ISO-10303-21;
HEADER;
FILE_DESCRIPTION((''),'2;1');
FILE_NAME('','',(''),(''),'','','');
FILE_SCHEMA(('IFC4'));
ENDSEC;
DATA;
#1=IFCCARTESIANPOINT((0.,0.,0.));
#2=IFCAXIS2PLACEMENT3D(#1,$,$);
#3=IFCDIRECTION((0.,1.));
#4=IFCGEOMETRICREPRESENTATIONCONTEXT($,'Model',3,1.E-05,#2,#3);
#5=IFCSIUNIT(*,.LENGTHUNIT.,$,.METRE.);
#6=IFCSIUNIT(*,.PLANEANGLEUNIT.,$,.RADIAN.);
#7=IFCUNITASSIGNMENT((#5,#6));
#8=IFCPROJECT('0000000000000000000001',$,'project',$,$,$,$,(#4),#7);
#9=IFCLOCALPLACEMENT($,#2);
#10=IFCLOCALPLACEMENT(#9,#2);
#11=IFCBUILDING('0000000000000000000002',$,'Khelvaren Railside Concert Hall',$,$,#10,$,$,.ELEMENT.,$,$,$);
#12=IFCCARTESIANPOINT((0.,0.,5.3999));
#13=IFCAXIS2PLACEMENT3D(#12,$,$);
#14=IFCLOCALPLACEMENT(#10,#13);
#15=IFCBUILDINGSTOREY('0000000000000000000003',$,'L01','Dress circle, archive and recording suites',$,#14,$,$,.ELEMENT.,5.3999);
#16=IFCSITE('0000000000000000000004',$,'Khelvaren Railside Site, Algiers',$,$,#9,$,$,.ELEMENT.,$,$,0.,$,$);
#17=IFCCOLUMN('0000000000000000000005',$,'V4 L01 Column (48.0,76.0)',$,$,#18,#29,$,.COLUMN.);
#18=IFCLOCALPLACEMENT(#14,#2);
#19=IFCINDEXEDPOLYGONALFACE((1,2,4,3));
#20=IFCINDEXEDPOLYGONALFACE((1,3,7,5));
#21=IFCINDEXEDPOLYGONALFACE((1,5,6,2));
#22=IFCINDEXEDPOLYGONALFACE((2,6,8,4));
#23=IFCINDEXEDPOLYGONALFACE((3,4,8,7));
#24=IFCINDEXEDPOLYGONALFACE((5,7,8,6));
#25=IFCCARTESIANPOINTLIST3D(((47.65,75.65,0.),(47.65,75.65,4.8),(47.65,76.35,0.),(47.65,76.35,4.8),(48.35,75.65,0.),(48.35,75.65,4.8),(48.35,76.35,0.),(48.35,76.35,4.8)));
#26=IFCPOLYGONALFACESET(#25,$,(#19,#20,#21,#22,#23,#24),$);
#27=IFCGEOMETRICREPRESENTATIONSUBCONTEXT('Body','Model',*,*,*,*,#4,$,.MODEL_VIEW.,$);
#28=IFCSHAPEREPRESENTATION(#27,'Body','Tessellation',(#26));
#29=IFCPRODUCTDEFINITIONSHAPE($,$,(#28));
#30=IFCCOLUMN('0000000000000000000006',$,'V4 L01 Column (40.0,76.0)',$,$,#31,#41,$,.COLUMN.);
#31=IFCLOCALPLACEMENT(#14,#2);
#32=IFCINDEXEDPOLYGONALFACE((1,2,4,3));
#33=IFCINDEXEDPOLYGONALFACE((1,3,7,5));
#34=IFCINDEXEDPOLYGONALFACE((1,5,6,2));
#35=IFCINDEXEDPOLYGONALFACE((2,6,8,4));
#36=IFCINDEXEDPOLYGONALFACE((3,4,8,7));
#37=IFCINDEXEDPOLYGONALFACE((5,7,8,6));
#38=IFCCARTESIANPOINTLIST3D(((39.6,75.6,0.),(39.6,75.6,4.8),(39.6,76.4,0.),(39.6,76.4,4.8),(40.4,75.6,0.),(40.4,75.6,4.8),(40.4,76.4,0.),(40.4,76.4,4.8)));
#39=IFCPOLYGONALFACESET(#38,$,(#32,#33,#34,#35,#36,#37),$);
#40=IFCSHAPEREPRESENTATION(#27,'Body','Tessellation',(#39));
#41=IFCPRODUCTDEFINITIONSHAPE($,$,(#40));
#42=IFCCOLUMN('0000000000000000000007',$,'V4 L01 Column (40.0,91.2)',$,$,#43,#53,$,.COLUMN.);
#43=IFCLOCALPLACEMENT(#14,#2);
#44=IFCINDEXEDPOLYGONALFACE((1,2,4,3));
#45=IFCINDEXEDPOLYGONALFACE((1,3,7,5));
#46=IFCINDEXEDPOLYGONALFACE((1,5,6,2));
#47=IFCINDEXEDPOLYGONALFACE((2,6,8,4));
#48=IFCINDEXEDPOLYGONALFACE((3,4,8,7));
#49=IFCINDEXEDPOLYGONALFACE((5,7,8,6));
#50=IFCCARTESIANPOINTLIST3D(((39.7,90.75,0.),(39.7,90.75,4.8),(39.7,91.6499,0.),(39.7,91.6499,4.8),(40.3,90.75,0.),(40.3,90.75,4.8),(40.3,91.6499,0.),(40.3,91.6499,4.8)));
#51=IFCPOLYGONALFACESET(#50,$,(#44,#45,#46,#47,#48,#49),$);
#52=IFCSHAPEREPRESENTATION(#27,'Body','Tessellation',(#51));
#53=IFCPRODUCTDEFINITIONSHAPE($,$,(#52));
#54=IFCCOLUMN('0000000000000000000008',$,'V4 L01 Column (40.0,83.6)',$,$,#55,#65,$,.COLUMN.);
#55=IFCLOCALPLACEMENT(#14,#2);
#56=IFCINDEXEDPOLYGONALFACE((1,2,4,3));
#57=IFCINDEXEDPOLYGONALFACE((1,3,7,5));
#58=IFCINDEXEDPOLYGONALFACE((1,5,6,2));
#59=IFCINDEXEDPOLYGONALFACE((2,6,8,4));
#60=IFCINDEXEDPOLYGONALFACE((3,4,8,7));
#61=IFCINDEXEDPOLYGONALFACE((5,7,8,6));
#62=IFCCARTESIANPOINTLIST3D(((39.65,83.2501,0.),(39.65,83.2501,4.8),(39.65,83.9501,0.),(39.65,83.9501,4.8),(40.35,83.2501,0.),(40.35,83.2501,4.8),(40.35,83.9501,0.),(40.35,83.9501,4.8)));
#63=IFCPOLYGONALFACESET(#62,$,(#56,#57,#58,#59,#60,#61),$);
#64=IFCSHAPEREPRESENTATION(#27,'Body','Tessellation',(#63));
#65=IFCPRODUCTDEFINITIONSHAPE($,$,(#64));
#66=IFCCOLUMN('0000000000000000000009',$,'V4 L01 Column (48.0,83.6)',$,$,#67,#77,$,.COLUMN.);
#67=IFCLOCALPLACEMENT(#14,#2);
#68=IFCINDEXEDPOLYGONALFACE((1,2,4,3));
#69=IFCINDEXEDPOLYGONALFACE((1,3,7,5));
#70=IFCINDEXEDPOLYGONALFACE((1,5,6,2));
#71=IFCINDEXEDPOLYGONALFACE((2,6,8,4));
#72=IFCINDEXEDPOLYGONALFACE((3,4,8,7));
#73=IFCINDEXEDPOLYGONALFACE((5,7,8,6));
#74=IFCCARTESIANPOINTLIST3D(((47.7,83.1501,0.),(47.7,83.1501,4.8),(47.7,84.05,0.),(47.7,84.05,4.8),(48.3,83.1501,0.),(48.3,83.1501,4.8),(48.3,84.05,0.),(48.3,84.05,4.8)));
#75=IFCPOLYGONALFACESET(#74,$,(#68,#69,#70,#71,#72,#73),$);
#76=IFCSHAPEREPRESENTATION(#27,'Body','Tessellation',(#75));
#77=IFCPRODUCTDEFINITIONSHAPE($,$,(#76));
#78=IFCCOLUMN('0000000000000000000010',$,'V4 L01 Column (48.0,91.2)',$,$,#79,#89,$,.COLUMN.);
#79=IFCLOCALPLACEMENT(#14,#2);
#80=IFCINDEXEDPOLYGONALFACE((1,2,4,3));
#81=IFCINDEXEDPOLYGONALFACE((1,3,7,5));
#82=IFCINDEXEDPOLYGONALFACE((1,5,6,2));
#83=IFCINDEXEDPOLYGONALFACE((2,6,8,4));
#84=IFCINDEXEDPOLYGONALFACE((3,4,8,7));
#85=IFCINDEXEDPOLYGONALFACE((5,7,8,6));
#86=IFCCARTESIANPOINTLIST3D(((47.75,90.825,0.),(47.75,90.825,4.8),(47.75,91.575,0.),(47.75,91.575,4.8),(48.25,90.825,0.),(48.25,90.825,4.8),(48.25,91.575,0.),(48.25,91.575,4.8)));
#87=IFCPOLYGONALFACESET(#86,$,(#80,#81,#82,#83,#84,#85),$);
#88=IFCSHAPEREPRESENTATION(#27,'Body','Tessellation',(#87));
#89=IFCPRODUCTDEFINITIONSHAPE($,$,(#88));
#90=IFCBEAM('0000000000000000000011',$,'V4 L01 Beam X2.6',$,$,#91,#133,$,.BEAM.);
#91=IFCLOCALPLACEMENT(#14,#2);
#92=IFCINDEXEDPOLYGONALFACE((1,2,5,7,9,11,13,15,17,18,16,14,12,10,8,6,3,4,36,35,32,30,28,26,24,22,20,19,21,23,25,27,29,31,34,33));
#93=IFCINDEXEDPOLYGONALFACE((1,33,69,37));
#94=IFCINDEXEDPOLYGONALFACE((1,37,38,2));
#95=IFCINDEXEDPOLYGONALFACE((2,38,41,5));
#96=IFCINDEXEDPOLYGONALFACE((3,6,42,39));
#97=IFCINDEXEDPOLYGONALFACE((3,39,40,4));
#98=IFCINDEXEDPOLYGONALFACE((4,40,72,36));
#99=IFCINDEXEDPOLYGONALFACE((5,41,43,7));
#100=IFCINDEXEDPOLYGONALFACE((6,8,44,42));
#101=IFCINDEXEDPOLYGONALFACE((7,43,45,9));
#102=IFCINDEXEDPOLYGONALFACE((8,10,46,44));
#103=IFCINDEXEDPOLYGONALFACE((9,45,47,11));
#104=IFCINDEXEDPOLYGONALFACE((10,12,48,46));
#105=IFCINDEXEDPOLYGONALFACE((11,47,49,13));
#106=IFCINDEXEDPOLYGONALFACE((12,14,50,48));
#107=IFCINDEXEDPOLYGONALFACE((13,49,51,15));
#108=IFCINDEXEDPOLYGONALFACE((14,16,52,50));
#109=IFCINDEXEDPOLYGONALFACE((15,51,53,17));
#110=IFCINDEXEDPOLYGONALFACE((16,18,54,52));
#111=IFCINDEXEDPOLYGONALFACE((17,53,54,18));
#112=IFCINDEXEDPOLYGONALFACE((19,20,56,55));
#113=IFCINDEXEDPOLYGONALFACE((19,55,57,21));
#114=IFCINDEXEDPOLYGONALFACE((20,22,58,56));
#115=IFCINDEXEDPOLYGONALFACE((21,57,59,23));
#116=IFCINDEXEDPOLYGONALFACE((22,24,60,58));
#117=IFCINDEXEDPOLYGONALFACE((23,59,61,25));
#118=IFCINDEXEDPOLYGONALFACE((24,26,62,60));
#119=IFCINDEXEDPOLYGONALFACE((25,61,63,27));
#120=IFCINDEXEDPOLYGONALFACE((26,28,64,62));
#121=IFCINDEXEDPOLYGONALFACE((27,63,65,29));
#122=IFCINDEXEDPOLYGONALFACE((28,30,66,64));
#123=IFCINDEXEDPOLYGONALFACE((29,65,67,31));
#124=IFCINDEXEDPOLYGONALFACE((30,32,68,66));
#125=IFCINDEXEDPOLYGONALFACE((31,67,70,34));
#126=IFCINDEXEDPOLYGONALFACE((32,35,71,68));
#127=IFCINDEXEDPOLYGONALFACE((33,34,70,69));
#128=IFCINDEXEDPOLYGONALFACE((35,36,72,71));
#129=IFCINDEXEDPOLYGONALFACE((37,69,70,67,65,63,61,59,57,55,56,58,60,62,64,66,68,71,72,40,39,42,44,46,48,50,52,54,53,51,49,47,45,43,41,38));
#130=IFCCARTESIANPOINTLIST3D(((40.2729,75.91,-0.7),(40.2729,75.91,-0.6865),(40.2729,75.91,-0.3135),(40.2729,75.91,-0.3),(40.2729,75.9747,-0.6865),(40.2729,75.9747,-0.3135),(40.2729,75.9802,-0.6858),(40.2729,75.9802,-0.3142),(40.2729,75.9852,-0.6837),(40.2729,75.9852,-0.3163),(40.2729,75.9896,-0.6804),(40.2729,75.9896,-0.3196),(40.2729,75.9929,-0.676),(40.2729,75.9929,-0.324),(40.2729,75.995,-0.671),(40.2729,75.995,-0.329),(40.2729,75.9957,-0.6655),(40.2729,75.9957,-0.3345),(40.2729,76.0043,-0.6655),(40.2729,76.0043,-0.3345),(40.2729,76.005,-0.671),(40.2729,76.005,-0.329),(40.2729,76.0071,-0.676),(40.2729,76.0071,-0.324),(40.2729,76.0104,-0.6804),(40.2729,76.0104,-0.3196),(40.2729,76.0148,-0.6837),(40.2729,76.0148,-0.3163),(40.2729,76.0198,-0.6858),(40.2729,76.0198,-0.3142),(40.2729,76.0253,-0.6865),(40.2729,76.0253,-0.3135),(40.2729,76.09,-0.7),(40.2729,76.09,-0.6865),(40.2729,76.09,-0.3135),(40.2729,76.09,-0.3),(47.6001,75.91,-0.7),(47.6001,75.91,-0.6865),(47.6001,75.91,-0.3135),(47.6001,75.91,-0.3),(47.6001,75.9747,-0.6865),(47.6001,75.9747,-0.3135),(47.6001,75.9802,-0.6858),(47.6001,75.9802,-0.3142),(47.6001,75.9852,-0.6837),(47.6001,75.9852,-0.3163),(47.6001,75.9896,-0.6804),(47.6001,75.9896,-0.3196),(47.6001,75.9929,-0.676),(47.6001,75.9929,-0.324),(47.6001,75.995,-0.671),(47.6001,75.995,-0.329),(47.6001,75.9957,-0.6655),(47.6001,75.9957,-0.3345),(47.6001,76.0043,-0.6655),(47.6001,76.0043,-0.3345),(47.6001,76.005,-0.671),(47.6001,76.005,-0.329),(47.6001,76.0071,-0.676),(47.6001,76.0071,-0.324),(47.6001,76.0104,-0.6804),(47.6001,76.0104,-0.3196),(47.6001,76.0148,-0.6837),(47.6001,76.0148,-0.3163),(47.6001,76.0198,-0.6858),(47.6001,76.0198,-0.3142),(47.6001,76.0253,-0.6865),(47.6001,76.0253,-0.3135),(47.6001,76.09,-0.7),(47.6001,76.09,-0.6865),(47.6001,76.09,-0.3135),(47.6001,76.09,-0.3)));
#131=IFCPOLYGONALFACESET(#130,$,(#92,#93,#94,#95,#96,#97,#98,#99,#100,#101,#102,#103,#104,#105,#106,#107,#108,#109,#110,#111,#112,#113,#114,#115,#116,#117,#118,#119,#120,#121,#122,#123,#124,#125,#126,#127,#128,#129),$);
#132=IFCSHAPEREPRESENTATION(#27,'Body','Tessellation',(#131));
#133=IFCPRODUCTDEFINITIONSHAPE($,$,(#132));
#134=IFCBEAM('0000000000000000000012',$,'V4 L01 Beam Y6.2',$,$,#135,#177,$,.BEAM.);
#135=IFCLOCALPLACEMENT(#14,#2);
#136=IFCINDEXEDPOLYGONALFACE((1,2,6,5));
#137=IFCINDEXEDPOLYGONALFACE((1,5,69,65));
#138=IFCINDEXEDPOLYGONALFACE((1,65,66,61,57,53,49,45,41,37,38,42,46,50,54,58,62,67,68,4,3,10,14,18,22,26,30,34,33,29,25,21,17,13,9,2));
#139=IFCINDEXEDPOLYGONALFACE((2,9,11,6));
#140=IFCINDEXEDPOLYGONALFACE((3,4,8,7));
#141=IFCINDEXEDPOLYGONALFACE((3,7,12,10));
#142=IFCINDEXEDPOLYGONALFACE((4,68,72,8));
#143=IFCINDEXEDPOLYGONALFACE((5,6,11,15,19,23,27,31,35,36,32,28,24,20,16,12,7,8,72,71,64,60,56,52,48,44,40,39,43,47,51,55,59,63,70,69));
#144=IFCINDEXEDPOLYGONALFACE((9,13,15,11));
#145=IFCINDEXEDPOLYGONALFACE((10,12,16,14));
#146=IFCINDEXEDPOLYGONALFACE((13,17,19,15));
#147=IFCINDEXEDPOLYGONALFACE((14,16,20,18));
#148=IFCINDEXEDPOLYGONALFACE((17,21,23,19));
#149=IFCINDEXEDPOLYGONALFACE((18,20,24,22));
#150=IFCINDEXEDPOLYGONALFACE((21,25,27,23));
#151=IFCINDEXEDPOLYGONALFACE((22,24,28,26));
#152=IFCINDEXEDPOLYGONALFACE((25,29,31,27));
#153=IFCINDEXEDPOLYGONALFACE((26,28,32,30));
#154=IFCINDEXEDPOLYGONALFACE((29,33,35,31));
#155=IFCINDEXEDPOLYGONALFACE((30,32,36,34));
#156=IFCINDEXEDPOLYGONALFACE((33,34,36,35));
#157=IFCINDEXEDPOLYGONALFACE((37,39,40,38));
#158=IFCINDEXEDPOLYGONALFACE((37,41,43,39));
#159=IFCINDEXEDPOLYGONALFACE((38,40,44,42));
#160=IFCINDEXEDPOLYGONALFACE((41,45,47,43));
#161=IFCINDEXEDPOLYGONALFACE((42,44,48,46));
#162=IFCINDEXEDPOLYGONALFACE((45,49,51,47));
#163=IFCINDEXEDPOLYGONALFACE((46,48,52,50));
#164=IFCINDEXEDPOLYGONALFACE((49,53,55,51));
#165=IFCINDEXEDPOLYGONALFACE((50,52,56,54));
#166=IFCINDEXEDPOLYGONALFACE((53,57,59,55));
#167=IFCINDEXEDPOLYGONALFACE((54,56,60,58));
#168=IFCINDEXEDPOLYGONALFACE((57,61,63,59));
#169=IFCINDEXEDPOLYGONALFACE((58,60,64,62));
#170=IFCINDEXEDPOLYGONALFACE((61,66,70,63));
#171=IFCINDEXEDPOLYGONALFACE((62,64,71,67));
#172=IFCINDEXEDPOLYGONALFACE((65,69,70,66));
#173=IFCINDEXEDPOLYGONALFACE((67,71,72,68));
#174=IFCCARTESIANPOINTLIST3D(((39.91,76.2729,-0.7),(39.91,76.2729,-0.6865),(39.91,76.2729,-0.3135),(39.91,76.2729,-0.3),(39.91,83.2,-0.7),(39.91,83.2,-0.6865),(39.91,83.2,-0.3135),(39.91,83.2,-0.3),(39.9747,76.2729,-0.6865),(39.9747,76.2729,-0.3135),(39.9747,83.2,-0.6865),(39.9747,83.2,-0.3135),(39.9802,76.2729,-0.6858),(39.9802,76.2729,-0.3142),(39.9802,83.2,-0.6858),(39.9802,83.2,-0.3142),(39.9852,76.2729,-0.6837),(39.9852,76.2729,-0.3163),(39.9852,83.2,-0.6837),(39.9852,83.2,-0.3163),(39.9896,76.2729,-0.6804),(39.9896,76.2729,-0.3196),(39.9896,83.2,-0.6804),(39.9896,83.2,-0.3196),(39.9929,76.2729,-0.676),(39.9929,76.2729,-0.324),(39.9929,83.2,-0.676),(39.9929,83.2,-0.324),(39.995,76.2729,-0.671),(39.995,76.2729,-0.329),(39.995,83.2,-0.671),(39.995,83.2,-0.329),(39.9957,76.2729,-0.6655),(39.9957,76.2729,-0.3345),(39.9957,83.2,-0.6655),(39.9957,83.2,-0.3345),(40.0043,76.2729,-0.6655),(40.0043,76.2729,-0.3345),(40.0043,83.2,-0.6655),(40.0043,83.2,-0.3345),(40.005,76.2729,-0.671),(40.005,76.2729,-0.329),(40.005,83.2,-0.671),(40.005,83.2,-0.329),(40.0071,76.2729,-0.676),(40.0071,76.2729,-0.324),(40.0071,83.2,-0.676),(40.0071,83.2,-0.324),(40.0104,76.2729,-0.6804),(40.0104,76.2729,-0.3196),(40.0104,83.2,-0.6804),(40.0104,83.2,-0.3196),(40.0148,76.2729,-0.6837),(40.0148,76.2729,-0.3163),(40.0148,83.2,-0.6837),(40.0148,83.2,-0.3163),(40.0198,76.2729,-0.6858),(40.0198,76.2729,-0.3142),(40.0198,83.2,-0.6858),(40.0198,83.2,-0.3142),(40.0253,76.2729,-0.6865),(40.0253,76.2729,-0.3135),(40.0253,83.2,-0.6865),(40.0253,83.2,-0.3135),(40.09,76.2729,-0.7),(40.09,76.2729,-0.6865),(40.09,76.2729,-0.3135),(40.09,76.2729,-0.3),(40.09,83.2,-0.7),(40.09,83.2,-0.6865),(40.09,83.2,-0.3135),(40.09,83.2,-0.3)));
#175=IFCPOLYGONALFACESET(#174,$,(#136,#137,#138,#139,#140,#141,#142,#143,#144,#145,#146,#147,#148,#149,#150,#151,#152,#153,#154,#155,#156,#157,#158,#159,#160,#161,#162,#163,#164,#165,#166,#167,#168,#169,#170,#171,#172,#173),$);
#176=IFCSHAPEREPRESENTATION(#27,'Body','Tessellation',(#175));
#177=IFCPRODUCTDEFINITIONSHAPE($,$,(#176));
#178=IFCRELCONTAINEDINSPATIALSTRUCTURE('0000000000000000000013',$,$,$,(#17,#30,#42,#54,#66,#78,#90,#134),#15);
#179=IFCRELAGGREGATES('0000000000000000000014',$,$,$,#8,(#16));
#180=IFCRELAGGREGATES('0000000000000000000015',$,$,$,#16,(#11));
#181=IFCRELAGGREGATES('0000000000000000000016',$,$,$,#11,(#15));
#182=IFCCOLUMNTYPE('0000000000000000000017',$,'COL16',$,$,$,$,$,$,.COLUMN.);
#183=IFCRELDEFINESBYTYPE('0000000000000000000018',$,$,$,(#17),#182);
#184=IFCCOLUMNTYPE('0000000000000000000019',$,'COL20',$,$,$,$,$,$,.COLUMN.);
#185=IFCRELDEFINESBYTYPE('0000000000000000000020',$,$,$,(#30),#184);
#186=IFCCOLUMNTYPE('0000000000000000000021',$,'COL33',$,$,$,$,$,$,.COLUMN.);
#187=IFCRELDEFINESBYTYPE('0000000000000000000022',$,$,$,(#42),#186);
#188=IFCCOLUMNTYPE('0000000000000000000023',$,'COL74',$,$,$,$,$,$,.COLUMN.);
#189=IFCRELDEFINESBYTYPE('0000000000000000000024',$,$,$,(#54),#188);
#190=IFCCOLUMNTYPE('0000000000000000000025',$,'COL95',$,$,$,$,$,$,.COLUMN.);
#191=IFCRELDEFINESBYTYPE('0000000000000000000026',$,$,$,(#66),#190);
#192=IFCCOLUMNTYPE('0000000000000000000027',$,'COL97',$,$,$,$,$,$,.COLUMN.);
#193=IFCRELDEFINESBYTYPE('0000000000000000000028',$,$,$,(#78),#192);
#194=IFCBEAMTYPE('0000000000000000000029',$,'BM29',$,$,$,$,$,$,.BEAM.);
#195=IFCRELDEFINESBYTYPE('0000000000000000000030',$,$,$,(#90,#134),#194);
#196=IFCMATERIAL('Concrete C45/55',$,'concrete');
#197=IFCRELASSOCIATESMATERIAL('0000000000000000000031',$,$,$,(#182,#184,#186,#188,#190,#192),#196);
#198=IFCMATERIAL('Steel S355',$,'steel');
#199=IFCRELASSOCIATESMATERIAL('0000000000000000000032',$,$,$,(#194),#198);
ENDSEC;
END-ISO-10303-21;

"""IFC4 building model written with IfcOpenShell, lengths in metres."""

from ifc_helpers import new_model, si_unit, direction, frame, origin, origin_2d, place, context, subcontext, project, spatial, rectangle, i_section, extrude, material, material_profile, profile_set, type_object, element, save


model = new_model("IFC4")

# Units and contexts
model_context = context("Model", 3, precision=1e-05, world=origin(), true_north=direction((0.0, 1.0)))
body_context = subcontext(model_context, "Body", "Model", "MODEL_VIEW")
ifc_project = project(units=[si_unit("LENGTHUNIT", "METRE"), si_unit("PLANEANGLEUNIT", "RADIAN")], contexts=[model_context])

# Site, building, storey
site_placement = place(None, origin())
site = spatial("IfcSite", under=ifc_project, at=site_placement, Name="Khelvaren Railside Site, Algiers", CompositionType="ELEMENT", RefElevation=0.0)
building_placement = place(site_placement, origin())
building = spatial("IfcBuilding", under=site, at=building_placement, Name="Khelvaren Railside Concert Hall", CompositionType="ELEMENT")
storey_placement = place(building_placement, frame((0.0, 0.0, 5.3999)))
storey = spatial("IfcBuildingStorey", under=building, at=storey_placement, Name="L01", Description="Dress circle, archive and recording suites", CompositionType="ELEMENT", Elevation=5.3999)

# Columns
ifc_material_1 = material(Name="Concrete C45/55", Category="concrete")
ifc_material_profile_1 = material_profile(ifc_material_1, rectangle(XDim=0.7, YDim=0.7, at=origin_2d()), Name="RC 700x700")
ifc_profile_set_1 = profile_set([ifc_material_profile_1], Name="Concrete C45/55")
column_type_1 = type_object("IfcColumnType", Name="COL16", PredefinedType="COLUMN", material=ifc_profile_set_1)
column_1_placement = place(storey_placement, frame((48.0, 76.0, 0.0), z_axis=(0.0, 0.0, 1.0), x_axis=(1.0, 0.0, 0.0)))
element("IfcColumn", 1, at=column_1_placement, inside=storey, type_object=column_type_1, Name="V4 L01 Column (48.0,76.0)", PredefinedType="COLUMN", context=body_context, shape_type="SweptSolid", body=[
    extrude(rectangle(XDim=0.7, YDim=0.7, at=origin_2d()), origin(), (0.0, 0.0, 1.0), 4.8),
])
ifc_material_profile_2 = material_profile(ifc_material_1, rectangle(XDim=0.8, YDim=0.8, at=origin_2d()), Name="RC 800x800")
ifc_profile_set_2 = profile_set([ifc_material_profile_2], Name="Concrete C45/55")
column_type_2 = type_object("IfcColumnType", Name="COL20", PredefinedType="COLUMN", material=ifc_profile_set_2)
column_2_placement = place(storey_placement, frame((40.0, 76.0, 0.0), z_axis=(0.0, 0.0, 1.0), x_axis=(1.0, 0.0, 0.0)))
element("IfcColumn", 2, at=column_2_placement, inside=storey, type_object=column_type_2, Name="V4 L01 Column (40.0,76.0)", PredefinedType="COLUMN", context=body_context, shape_type="SweptSolid", body=[
    extrude(rectangle(XDim=0.8, YDim=0.8, at=origin_2d()), origin(), (0.0, 0.0, 1.0), 4.8),
])
ifc_material_profile_3 = material_profile(ifc_material_1, rectangle(XDim=0.6001, YDim=0.8999, at=origin_2d()), Name="RC 600x900")
ifc_profile_set_3 = profile_set([ifc_material_profile_3], Name="Concrete C45/55")
column_type_3 = type_object("IfcColumnType", Name="COL33", PredefinedType="COLUMN", material=ifc_profile_set_3)
column_3_placement = place(storey_placement, frame((40.0, 91.2, 0.0), z_axis=(0.0, 0.0, 1.0), x_axis=(1.0, 0.0, 0.0)))
element("IfcColumn", 3, at=column_3_placement, inside=storey, type_object=column_type_3, Name="V4 L01 Column (40.0,91.2)", PredefinedType="COLUMN", context=body_context, shape_type="SweptSolid", body=[
    extrude(rectangle(XDim=0.6001, YDim=0.8999, at=origin_2d()), origin(), (0.0, 0.0, 1.0), 4.8),
])
ifc_material_profile_4 = material_profile(ifc_material_1, rectangle(XDim=0.7, YDim=0.7, at=origin_2d()), Name="RC 700x700")
ifc_profile_set_4 = profile_set([ifc_material_profile_4], Name="Concrete C45/55")
column_type_4 = type_object("IfcColumnType", Name="COL74", PredefinedType="COLUMN", material=ifc_profile_set_4)
column_4_placement = place(storey_placement, frame((40.0, 83.6001, 0.0), z_axis=(0.0, 0.0, 1.0), x_axis=(1.0, 0.0, 0.0)))
element("IfcColumn", 4, at=column_4_placement, inside=storey, type_object=column_type_4, Name="V4 L01 Column (40.0,83.6)", PredefinedType="COLUMN", context=body_context, shape_type="SweptSolid", body=[
    extrude(rectangle(XDim=0.7, YDim=0.7, at=origin_2d()), origin(), (0.0, 0.0, 1.0), 4.8),
])
ifc_material_profile_5 = material_profile(ifc_material_1, rectangle(XDim=0.6001, YDim=0.8999, at=origin_2d()), Name="RC 600x900")
ifc_profile_set_5 = profile_set([ifc_material_profile_5], Name="Concrete C45/55")
column_type_5 = type_object("IfcColumnType", Name="COL95", PredefinedType="COLUMN", material=ifc_profile_set_5)
column_5_placement = place(storey_placement, frame((48.0, 83.6001, 0.0), z_axis=(0.0, 0.0, 1.0), x_axis=(1.0, 0.0, 0.0)))
element("IfcColumn", 5, at=column_5_placement, inside=storey, type_object=column_type_5, Name="V4 L01 Column (48.0,83.6)", PredefinedType="COLUMN", context=body_context, shape_type="SweptSolid", body=[
    extrude(rectangle(XDim=0.6001, YDim=0.8999, at=origin_2d()), origin(), (0.0, 0.0, 1.0), 4.8),
])
ifc_material_profile_6 = material_profile(ifc_material_1, rectangle(XDim=0.5, YDim=0.75, at=origin_2d()), Name="RC 500x750")
ifc_profile_set_6 = profile_set([ifc_material_profile_6], Name="Concrete C45/55")
column_type_6 = type_object("IfcColumnType", Name="COL97", PredefinedType="COLUMN", material=ifc_profile_set_6)
column_6_placement = place(storey_placement, frame((48.0, 91.2, 0.0), z_axis=(0.0, 0.0, 1.0), x_axis=(1.0, 0.0, 0.0)))
element("IfcColumn", 6, at=column_6_placement, inside=storey, type_object=column_type_6, Name="V4 L01 Column (48.0,91.2)", PredefinedType="COLUMN", context=body_context, shape_type="SweptSolid", body=[
    extrude(rectangle(XDim=0.5, YDim=0.75, at=origin_2d()), origin(), (0.0, 0.0, 1.0), 4.8),
])

# Beams
ifc_material_2 = material(Name="Steel S355", Category="steel")
ifc_material_profile_7 = material_profile(ifc_material_2, i_section(OverallWidth=0.1799, OverallDepth=0.3999, WebThickness=0.0085, FlangeThickness=0.0134, FilletRadius=0.021, at=origin_2d()), Name="IPE 400")
ifc_profile_set_7 = profile_set([ifc_material_profile_7], Name="Steel S355")
beam_type_1 = type_object("IfcBeamType", Name="BM29", PredefinedType="BEAM", material=ifc_profile_set_7)
beam_1_placement = place(storey_placement, frame((40.2729, 76.0, -0.5), z_axis=(1.0, 0.0, 0.0), x_axis=(0.0, 1.0, 0.0)))
element("IfcBeam", 7, at=beam_1_placement, inside=storey, type_object=beam_type_1, Name="V4 L01 Beam X2.6", PredefinedType="BEAM", context=body_context, shape_type="SweptSolid", body=[
    extrude(i_section(OverallWidth=0.1799, OverallDepth=0.3999, WebThickness=0.0085, FlangeThickness=0.0134, FilletRadius=0.021, at=origin_2d()), origin(), (0.0, 0.0, 1.0), 7.3271),
])
beam_2_placement = place(storey_placement, frame((40.0, 76.2729, -0.5), z_axis=(0.0, 1.0, 0.0), x_axis=(-1.0, 0.0, 0.0)))
element("IfcBeam", 8, at=beam_2_placement, inside=storey, type_object=beam_type_1, Name="V4 L01 Beam Y6.2", PredefinedType="BEAM", context=body_context, shape_type="SweptSolid", body=[
    extrude(i_section(OverallWidth=0.1799, OverallDepth=0.3999, WebThickness=0.0085, FlangeThickness=0.0134, FilletRadius=0.021, at=origin_2d()), origin(), (0.0, 0.0, 1.0), 6.927),
])

save(model, "model.ifc")
